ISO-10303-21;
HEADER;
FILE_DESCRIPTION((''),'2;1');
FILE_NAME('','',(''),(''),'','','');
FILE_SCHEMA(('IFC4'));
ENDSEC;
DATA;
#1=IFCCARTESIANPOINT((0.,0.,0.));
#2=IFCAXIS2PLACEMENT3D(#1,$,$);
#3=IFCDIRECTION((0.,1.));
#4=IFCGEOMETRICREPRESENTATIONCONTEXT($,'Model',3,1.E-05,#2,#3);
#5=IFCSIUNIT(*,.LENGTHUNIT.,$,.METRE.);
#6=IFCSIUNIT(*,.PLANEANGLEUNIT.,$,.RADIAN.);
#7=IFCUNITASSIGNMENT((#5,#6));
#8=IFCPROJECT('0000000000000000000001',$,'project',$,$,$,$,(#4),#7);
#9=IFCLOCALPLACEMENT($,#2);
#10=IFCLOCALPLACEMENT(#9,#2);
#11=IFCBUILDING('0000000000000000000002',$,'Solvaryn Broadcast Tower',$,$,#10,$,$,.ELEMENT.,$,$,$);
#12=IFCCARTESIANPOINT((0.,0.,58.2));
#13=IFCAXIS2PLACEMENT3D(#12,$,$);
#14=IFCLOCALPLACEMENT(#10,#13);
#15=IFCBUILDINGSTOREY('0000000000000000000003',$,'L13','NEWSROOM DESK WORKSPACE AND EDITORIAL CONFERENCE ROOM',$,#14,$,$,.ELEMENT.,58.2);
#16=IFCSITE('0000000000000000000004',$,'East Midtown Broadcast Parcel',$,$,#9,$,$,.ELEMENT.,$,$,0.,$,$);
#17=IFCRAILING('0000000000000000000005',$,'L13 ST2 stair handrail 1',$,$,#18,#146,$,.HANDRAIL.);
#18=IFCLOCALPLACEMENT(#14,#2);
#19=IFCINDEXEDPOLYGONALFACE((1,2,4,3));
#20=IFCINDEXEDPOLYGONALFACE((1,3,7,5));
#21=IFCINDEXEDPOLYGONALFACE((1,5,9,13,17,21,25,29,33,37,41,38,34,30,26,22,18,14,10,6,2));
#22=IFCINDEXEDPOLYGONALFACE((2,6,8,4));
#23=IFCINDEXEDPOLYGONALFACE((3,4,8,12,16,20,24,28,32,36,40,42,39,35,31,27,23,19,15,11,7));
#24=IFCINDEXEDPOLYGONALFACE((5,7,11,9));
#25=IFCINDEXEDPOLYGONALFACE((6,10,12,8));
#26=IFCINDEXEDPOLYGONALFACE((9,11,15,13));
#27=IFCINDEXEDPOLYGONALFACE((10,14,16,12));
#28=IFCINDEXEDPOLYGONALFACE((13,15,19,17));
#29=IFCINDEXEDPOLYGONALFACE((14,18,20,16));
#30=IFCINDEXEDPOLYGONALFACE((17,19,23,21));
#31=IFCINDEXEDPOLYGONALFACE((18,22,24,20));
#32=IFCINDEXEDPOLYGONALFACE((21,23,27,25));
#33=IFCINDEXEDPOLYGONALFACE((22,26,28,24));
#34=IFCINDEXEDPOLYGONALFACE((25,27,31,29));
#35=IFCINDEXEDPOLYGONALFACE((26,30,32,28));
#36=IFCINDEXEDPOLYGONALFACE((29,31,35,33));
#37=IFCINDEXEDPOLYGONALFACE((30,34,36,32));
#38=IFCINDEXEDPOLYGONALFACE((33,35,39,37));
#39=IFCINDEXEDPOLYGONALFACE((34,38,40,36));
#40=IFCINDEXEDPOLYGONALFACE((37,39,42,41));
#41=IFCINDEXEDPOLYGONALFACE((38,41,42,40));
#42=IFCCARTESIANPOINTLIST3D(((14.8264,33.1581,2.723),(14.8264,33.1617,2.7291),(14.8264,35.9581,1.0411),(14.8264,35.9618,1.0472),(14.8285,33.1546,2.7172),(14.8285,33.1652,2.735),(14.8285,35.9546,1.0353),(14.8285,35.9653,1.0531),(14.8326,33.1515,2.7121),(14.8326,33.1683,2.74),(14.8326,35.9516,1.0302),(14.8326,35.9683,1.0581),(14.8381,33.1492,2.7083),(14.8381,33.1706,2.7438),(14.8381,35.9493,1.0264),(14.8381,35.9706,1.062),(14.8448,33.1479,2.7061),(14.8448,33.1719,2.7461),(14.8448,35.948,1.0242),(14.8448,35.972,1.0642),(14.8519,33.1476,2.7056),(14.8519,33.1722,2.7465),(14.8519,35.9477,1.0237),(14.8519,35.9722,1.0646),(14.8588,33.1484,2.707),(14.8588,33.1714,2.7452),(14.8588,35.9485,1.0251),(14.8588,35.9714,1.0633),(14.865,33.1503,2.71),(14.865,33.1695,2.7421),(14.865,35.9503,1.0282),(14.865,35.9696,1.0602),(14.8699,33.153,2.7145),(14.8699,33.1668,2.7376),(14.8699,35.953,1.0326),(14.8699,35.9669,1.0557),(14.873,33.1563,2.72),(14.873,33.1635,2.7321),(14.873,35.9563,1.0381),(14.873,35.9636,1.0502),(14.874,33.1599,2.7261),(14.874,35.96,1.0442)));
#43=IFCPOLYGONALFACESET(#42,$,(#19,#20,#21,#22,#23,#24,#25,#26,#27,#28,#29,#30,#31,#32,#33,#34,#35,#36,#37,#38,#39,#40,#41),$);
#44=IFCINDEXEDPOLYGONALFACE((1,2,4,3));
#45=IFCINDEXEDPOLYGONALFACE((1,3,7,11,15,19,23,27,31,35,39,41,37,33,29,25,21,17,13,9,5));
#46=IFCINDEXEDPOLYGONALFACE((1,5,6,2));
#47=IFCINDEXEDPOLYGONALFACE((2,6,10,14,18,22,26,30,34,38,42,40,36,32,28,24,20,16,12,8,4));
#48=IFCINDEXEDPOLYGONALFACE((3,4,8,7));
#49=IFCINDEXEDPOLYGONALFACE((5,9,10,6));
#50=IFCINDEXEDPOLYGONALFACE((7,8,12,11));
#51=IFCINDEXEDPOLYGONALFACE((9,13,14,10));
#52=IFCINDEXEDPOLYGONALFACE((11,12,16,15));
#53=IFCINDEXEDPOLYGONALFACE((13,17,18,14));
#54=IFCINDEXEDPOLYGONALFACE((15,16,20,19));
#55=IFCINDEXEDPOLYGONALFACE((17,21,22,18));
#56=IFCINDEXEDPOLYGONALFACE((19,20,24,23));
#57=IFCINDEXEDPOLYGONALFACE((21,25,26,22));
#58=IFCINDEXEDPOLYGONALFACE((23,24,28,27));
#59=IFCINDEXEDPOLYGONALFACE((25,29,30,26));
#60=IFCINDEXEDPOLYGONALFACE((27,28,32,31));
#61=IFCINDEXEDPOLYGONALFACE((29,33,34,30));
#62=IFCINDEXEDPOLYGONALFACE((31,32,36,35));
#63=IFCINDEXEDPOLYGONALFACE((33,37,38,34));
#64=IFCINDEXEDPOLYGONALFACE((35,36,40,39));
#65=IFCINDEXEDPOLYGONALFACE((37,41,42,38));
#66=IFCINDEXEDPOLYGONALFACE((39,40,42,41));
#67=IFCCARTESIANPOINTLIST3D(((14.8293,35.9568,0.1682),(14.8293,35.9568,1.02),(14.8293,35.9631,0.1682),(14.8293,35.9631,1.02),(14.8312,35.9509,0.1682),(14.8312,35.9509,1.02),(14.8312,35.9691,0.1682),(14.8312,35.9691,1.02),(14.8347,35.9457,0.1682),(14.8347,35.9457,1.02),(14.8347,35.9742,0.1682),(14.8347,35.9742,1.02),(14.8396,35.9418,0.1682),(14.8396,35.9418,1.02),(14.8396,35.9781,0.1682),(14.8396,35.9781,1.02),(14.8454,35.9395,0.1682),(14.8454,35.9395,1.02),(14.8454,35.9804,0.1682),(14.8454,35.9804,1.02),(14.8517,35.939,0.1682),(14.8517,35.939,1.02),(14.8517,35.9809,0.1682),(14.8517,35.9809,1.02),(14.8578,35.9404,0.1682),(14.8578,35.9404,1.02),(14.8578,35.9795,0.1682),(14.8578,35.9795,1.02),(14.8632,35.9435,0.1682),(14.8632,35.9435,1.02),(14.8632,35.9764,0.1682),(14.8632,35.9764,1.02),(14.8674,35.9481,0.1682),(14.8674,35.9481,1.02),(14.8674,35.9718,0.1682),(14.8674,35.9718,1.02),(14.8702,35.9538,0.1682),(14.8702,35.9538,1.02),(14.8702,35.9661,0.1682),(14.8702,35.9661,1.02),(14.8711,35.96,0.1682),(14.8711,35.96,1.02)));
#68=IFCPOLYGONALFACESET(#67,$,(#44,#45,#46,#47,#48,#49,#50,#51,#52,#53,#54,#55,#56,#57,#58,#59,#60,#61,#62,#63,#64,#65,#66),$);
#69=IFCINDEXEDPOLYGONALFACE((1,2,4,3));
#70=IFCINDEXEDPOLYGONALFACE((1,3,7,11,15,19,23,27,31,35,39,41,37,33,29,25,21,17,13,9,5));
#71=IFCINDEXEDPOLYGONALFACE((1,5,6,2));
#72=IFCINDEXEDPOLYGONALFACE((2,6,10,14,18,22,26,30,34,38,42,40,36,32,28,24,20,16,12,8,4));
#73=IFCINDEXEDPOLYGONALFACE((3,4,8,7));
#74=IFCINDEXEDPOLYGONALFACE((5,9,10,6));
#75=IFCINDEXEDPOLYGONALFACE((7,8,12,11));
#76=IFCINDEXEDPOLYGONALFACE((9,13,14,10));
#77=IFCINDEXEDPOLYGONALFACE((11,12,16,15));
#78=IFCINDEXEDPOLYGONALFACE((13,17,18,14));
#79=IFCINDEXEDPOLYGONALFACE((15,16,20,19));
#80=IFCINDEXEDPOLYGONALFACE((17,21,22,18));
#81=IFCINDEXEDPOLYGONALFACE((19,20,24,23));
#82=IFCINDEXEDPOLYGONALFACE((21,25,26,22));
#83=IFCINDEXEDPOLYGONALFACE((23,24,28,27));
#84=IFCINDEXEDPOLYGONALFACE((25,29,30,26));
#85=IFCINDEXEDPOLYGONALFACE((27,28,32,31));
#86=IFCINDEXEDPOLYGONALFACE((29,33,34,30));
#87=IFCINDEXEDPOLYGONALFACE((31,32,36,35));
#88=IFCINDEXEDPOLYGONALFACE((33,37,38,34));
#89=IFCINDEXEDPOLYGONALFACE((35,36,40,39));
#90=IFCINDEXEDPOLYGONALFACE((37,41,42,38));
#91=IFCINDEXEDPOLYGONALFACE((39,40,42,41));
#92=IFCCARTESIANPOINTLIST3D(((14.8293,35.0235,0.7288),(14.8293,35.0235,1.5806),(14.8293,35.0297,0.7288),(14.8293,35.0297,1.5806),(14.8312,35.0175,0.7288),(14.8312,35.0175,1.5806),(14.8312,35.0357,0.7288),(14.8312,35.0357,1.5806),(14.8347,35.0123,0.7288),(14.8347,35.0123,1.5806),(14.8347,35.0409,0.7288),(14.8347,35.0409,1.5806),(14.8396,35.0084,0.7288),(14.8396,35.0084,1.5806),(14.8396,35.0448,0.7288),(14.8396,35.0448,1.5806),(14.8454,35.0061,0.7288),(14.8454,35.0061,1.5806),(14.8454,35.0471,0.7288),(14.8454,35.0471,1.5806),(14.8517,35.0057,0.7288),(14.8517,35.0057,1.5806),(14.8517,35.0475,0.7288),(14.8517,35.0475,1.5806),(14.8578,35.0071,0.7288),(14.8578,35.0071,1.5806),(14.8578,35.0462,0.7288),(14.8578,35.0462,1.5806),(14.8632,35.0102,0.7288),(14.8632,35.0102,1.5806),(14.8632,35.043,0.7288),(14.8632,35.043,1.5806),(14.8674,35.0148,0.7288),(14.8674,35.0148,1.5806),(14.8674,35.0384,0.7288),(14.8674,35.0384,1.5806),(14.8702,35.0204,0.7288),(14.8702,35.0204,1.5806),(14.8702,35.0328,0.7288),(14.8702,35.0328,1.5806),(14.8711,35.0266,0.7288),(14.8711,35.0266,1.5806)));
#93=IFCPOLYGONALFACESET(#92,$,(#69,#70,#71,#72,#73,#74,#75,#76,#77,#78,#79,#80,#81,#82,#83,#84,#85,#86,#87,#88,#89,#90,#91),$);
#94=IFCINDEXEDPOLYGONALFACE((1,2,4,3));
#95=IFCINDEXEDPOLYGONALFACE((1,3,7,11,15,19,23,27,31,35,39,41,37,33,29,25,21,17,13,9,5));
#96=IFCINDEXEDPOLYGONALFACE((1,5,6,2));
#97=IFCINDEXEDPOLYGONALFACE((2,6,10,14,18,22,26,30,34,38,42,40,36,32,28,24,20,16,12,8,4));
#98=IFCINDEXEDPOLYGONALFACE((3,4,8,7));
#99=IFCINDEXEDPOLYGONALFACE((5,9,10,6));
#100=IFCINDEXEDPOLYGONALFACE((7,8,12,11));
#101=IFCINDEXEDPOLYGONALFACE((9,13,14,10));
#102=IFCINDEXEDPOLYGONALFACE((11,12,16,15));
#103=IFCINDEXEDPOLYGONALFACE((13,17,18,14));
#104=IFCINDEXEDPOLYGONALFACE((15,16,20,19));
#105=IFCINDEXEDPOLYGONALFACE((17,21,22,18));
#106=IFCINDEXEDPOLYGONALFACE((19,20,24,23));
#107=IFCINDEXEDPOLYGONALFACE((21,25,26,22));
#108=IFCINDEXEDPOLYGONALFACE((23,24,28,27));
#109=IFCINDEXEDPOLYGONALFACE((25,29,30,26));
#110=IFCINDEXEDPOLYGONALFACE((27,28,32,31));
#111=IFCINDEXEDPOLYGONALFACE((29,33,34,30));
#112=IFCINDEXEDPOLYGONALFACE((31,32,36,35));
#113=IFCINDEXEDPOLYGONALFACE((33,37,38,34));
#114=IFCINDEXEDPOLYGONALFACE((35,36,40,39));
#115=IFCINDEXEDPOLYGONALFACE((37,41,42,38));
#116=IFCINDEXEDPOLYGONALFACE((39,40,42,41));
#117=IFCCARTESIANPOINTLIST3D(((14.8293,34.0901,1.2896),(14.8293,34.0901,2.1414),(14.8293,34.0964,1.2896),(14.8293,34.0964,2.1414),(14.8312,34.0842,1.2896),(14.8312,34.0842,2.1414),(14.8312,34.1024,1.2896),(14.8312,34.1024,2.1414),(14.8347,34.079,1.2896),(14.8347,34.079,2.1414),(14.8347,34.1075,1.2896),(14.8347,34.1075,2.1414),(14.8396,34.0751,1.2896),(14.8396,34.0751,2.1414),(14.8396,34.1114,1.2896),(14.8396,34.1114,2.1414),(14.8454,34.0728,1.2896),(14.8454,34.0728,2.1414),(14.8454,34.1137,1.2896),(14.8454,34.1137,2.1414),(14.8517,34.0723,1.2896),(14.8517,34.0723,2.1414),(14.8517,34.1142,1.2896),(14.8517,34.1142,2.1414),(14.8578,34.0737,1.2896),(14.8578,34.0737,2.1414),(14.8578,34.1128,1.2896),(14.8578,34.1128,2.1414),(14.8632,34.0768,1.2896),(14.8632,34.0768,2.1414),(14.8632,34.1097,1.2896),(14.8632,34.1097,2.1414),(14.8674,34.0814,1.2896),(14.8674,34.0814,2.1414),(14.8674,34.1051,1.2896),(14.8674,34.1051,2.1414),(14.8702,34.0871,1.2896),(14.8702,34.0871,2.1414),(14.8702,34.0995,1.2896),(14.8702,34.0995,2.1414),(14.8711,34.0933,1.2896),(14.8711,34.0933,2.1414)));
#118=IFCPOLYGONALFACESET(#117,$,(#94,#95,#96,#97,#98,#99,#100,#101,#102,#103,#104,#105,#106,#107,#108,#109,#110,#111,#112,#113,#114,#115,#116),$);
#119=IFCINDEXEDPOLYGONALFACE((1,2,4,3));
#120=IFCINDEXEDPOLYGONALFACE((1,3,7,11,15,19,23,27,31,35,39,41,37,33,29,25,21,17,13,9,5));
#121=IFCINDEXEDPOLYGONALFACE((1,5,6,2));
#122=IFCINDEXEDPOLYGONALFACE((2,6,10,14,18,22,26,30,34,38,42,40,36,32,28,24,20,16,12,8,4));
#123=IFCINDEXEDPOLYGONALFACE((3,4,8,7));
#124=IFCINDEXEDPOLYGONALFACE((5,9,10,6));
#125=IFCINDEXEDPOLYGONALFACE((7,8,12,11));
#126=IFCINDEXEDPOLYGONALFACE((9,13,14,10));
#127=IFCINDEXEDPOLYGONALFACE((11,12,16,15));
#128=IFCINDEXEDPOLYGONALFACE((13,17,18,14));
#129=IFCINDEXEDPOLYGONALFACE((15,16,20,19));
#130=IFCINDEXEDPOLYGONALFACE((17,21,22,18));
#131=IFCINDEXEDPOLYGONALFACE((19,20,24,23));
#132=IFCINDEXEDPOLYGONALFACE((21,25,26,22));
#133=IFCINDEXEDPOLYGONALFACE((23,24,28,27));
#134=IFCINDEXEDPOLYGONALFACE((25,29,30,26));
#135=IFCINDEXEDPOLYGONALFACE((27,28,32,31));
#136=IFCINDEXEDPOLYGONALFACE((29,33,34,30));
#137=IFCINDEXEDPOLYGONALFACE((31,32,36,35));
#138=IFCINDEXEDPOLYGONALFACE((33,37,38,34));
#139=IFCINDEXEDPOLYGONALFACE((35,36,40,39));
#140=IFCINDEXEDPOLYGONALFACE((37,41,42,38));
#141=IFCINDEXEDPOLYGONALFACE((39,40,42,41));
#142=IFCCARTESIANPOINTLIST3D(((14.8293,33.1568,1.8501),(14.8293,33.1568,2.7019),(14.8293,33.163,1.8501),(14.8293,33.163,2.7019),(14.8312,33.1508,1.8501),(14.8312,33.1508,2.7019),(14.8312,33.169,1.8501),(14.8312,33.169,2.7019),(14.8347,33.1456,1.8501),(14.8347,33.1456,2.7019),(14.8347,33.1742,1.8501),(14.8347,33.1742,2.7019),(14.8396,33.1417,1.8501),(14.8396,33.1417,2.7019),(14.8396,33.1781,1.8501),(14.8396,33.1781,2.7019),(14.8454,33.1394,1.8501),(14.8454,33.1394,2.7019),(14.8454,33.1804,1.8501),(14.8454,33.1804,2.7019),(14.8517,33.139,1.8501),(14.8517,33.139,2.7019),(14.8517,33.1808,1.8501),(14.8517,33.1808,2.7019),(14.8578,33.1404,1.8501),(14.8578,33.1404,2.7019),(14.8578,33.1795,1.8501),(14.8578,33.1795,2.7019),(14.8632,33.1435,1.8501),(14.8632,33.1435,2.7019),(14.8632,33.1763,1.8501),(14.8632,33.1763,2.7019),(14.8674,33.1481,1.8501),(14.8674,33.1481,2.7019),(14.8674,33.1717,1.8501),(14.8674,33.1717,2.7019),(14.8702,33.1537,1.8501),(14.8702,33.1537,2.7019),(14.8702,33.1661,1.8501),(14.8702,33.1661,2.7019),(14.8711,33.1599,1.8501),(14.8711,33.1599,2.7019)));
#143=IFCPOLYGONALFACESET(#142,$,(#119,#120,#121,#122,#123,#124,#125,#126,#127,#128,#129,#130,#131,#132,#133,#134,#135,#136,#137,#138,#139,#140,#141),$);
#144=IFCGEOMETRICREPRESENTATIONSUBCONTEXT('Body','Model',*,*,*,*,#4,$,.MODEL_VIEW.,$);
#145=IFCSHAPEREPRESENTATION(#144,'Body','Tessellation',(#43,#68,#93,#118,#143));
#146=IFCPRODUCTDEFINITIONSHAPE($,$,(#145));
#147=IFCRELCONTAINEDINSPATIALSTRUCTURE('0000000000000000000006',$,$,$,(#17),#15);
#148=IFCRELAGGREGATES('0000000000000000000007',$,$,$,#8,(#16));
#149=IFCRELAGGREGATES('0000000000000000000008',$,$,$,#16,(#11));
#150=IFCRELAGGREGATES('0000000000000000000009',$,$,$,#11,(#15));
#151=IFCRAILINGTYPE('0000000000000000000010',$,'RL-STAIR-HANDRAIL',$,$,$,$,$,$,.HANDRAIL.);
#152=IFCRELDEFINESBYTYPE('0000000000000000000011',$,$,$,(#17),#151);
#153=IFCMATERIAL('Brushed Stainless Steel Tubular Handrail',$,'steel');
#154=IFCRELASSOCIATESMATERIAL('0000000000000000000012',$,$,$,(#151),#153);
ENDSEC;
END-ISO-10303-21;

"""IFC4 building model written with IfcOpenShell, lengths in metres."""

from ifc_helpers import new_model, si_unit, direction, frame, origin, origin_2d, place, context, subcontext, project, spatial, circle, extrude, material, type_object, element, save


model = new_model("IFC4")

# Units and contexts
model_context = context("Model", 3, precision=1e-05, world=origin(), true_north=direction((0.0, 1.0)))
body_context = subcontext(model_context, "Body", "Model", "MODEL_VIEW")
ifc_project = project(units=[si_unit("LENGTHUNIT", "METRE"), si_unit("PLANEANGLEUNIT", "RADIAN")], contexts=[model_context])

# Site, building, storey
site_placement = place(None, origin())
site = spatial("IfcSite", under=ifc_project, at=site_placement, Name="East Midtown Broadcast Parcel", CompositionType="ELEMENT", RefElevation=0.0)
building_placement = place(site_placement, origin())
building = spatial("IfcBuilding", under=site, at=building_placement, Name="Solvaryn Broadcast Tower", CompositionType="ELEMENT")
storey_placement = place(building_placement, frame((0.0, 0.0, 58.2)))
storey = spatial("IfcBuildingStorey", under=building, at=storey_placement, Name="L13", Description="NEWSROOM DESK WORKSPACE AND EDITORIAL CONFERENCE ROOM", CompositionType="ELEMENT", Elevation=58.2)

# Railing
ifc_material_1 = material(Name="Brushed Stainless Steel Tubular Handrail", Category="steel")
railing_type_1 = type_object("IfcRailingType", Name="RL-STAIR-HANDRAIL", PredefinedType="HANDRAIL", material=ifc_material_1)
railing_1_placement = place(storey_placement, frame((14.8501, 35.96, 0.1682)))
element("IfcRailing", 1, at=railing_1_placement, inside=storey, type_object=railing_type_1, Name="L13 ST2 stair handrail 1", PredefinedType="HANDRAIL", context=body_context, shape_type="SweptSolid", body=[
    extrude(circle(Radius=0.0239, at=origin_2d()), frame((0.0, 0.0, 0.876), z_axis=(0.0, -0.857242, 0.514913), x_axis=(1.0, 0.0, 0.0)), (0.0, 0.0, 1.0), 3.2664),
    extrude(circle(Radius=0.021, at=origin_2d()), origin(), (0.0, 0.0, 1.0), 0.8518),
    extrude(circle(Radius=0.021, at=origin_2d()), frame((0.0, -0.9333, 0.5605)), (0.0, 0.0, 1.0), 0.8518),
    extrude(circle(Radius=0.021, at=origin_2d()), frame((0.0, -1.8667, 1.1213)), (0.0, 0.0, 1.0), 0.8518),
    extrude(circle(Radius=0.021, at=origin_2d()), frame((0.0, -2.8, 1.6819)), (0.0, 0.0, 1.0), 0.8518),
])

save(model, "model.ifc")
